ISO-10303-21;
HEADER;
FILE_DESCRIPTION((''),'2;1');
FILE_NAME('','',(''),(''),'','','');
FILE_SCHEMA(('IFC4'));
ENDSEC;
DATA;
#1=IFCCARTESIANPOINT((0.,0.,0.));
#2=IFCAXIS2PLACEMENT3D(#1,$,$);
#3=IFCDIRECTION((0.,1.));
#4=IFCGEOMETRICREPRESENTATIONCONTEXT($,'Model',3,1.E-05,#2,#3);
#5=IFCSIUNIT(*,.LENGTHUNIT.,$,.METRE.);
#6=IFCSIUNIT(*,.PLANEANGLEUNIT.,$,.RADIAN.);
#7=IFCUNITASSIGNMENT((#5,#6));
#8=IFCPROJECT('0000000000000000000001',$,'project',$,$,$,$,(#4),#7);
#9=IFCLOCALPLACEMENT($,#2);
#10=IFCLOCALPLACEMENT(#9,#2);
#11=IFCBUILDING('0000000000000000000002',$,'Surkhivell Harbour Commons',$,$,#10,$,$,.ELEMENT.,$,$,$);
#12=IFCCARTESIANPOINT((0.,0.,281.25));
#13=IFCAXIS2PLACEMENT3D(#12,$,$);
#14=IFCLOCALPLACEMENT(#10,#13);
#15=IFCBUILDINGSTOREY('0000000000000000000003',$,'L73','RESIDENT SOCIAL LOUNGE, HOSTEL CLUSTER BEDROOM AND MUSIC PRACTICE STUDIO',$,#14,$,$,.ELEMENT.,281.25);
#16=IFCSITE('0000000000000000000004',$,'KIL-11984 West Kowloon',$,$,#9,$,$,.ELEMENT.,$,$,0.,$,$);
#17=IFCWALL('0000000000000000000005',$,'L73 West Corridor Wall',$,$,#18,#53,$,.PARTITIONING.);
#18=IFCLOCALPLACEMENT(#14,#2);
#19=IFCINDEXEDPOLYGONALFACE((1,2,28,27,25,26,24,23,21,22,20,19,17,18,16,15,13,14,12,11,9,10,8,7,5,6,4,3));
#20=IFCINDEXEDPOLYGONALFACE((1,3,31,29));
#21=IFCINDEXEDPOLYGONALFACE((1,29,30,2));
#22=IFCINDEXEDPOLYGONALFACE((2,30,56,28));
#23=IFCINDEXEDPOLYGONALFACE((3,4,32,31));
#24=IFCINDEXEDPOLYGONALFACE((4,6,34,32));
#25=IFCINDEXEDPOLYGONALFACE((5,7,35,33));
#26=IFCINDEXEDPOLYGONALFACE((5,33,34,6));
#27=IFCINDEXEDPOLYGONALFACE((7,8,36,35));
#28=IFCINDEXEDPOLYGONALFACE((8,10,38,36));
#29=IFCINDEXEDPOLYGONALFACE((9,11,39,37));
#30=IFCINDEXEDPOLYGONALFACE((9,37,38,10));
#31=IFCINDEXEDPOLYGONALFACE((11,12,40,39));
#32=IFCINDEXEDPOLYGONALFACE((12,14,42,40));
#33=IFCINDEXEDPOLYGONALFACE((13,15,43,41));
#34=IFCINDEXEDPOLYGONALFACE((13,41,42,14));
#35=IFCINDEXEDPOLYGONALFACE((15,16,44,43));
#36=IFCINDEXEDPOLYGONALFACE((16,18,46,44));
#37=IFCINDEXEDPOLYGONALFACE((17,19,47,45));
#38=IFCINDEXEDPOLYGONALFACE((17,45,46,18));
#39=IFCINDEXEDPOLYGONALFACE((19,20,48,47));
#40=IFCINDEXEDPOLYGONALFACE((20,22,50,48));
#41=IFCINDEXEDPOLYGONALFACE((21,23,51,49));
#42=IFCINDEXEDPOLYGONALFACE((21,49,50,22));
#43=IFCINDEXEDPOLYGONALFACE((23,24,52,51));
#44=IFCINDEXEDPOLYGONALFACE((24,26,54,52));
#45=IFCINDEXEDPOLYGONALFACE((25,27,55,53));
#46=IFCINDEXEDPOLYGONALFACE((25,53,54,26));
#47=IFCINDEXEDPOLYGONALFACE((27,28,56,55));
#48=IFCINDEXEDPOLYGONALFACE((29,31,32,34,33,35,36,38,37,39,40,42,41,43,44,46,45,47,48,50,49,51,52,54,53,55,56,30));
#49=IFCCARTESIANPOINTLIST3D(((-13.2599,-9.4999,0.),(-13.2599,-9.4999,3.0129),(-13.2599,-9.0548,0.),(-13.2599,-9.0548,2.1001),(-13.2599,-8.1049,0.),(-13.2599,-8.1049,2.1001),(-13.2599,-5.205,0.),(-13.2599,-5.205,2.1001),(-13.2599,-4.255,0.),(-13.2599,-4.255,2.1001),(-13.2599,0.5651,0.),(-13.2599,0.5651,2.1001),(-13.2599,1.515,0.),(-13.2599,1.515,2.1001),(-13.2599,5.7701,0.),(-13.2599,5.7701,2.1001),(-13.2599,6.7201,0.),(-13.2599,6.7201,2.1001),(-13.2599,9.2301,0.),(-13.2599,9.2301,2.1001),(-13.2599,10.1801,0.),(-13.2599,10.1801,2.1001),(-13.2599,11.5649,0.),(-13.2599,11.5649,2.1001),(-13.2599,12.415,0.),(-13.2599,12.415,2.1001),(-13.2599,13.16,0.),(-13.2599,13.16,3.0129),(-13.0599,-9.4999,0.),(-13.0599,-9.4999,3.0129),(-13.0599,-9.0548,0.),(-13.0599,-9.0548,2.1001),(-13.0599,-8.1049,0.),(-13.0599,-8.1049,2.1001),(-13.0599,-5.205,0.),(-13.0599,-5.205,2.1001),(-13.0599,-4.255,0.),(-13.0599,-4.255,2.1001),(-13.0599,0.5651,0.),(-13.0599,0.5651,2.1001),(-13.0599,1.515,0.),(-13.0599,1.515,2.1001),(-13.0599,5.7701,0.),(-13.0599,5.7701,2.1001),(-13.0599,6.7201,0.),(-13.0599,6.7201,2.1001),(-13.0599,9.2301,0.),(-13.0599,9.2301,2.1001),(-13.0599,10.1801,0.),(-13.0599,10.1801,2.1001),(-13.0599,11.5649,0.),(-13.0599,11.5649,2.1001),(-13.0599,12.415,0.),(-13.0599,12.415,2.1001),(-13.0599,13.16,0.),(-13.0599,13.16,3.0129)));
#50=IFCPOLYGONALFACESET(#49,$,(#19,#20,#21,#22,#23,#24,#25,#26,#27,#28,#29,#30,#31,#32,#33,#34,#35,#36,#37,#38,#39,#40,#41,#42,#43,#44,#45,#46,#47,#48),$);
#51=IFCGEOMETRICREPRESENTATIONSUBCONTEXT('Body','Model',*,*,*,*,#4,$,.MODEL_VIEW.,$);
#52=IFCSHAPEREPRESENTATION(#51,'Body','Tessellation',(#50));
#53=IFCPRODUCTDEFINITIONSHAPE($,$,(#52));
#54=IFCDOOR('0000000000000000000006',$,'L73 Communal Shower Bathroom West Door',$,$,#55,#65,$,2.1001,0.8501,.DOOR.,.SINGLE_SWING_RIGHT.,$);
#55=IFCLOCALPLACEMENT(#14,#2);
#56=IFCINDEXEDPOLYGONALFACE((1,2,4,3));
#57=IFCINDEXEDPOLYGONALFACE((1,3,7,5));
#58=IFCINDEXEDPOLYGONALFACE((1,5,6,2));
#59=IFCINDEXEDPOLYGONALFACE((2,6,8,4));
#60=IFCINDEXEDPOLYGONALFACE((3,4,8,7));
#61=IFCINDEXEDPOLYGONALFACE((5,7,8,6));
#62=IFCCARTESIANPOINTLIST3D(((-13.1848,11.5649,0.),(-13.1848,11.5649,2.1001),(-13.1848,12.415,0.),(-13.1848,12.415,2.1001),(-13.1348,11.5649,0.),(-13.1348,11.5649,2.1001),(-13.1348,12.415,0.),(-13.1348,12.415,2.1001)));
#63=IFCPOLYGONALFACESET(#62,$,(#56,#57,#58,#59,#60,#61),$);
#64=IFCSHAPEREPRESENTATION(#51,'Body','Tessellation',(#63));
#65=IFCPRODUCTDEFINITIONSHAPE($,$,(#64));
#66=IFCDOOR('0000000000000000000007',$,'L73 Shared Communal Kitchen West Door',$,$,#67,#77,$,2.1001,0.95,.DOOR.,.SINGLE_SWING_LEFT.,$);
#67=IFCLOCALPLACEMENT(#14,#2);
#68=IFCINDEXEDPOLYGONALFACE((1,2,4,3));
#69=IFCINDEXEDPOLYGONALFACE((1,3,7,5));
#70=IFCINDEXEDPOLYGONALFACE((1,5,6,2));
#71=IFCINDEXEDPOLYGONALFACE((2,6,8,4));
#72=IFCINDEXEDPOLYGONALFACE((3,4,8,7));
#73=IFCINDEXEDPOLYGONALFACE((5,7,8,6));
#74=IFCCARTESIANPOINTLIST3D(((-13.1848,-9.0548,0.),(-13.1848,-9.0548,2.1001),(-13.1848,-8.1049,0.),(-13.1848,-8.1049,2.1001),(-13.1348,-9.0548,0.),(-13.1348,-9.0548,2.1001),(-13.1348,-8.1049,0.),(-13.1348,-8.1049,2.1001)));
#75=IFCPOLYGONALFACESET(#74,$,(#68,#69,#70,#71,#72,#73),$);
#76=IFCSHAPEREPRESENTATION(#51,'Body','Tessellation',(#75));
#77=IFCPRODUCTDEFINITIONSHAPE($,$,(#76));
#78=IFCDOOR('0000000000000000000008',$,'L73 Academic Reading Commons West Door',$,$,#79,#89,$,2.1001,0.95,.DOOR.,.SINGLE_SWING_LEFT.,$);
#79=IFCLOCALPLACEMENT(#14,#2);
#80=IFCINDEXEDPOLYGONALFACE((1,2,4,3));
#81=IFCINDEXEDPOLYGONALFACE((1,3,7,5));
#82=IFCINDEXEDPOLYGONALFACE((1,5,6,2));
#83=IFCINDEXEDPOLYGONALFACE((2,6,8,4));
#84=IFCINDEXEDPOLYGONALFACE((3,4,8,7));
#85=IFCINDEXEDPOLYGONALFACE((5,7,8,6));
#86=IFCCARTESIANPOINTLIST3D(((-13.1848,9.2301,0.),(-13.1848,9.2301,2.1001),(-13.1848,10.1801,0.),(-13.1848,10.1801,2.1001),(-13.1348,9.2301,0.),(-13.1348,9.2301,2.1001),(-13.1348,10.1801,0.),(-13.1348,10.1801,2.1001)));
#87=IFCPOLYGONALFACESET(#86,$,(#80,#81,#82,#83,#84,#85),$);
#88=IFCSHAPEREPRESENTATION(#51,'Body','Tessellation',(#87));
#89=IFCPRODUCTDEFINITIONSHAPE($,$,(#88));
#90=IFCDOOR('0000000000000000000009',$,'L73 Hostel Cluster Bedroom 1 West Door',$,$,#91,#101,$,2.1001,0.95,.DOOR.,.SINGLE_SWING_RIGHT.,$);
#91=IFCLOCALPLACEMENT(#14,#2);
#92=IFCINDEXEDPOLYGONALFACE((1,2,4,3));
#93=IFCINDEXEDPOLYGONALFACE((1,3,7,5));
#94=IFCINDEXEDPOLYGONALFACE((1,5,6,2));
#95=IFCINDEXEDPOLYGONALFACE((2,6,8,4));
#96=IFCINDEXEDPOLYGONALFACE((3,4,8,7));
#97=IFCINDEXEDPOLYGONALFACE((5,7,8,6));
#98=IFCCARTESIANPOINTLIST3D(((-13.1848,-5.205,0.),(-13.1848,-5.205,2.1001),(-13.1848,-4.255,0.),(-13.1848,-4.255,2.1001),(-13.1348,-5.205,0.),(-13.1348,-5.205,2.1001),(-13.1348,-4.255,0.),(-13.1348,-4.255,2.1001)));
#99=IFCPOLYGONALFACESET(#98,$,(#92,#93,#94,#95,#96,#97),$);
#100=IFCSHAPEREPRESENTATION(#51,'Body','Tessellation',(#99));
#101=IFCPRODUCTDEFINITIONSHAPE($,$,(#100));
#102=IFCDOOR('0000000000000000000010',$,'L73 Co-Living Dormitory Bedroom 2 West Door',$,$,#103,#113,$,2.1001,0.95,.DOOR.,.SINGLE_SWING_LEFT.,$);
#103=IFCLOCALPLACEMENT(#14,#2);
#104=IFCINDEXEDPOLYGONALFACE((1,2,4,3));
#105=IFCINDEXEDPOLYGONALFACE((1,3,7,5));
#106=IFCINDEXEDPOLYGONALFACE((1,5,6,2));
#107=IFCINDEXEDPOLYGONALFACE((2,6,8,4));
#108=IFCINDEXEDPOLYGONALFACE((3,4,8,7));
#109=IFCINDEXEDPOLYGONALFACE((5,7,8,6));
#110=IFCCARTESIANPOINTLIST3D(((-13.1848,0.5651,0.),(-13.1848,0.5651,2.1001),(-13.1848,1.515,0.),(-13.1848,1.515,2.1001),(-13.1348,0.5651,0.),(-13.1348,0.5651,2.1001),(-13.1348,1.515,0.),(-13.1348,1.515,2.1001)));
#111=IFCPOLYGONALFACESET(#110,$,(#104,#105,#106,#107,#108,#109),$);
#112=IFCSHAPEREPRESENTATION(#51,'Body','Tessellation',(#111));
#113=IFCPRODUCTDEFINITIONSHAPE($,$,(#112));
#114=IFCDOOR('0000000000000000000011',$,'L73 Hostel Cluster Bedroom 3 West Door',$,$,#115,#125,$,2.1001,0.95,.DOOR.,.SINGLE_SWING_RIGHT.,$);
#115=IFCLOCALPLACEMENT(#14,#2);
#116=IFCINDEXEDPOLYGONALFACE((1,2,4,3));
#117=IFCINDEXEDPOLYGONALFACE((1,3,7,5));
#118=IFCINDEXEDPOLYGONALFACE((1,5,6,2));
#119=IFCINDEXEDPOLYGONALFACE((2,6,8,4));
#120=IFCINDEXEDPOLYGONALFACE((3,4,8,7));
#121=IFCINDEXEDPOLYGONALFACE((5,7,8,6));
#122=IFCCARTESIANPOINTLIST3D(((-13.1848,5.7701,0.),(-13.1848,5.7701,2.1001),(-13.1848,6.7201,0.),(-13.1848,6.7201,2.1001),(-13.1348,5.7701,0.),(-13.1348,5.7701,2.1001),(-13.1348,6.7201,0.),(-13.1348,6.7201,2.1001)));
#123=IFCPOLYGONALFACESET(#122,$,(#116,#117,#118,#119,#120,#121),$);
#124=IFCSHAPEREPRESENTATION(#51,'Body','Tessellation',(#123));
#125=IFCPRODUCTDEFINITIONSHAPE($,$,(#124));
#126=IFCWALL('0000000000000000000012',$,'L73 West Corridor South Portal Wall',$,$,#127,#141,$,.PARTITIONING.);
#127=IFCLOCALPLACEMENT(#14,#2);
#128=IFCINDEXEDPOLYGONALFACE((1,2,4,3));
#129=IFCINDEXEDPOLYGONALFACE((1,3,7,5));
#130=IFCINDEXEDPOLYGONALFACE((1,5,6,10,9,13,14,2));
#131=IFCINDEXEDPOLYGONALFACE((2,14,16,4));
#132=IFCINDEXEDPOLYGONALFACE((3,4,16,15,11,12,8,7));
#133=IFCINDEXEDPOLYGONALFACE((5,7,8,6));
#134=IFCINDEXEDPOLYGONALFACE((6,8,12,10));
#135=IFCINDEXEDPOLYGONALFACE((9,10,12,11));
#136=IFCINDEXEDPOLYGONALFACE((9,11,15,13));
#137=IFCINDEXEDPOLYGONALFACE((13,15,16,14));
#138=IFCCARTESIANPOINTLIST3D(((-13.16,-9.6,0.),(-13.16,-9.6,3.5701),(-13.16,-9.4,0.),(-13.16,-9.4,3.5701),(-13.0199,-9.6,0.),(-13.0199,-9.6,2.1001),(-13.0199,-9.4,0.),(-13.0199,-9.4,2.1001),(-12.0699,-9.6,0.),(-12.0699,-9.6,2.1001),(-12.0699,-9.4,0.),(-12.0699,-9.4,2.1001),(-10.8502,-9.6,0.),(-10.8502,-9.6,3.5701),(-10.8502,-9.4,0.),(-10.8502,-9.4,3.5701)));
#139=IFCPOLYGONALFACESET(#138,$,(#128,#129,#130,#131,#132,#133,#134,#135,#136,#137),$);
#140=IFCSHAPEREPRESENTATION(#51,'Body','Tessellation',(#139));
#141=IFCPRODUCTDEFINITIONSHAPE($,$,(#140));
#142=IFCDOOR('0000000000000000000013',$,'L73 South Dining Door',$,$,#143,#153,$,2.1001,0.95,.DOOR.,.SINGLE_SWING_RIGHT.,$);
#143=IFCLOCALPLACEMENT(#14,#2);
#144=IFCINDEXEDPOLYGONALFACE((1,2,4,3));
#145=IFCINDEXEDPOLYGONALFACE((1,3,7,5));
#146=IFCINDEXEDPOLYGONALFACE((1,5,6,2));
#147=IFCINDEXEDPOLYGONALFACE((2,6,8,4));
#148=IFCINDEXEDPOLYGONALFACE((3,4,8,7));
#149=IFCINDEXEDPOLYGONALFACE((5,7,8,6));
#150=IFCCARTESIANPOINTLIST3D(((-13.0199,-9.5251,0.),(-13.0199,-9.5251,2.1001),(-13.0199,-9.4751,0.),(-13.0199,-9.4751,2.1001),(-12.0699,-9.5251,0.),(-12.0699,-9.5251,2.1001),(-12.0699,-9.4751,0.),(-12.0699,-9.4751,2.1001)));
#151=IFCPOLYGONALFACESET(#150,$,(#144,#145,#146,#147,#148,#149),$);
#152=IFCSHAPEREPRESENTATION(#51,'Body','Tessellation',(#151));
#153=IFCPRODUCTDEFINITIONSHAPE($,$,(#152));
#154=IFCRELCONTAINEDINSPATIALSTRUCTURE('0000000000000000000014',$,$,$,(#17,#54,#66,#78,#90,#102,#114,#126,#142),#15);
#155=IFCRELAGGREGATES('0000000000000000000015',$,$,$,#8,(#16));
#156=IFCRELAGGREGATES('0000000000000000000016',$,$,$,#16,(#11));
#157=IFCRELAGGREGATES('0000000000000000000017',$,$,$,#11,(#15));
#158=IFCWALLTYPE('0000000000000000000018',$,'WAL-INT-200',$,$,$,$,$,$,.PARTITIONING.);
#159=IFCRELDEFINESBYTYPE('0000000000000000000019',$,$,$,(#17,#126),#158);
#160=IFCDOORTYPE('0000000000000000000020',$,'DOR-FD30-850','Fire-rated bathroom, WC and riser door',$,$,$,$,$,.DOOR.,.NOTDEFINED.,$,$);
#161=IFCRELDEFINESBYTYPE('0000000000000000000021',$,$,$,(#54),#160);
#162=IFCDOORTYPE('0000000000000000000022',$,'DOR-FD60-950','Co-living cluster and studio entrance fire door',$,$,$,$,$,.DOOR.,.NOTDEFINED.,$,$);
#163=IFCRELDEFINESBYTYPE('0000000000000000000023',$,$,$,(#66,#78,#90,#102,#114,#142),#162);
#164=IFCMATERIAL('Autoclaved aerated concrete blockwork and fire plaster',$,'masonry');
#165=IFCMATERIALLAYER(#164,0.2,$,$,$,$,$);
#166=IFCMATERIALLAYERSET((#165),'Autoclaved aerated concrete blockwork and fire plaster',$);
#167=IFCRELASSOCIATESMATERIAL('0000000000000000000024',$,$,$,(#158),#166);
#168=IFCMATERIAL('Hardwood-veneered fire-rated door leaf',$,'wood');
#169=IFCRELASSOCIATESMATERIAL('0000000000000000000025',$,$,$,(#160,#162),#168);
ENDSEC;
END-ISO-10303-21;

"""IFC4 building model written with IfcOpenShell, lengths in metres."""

from ifc_helpers import new_model, si_unit, direction, frame, frame_2d, origin, place, context, subcontext, project, spatial, rectangle, extrude, material, layer, layer_set, type_object, element, fill, save


model = new_model("IFC4")

# Units and contexts
model_context = context("Model", 3, precision=1e-05, world=origin(), true_north=direction((0.0, 1.0)))
body_context = subcontext(model_context, "Body", "Model", "MODEL_VIEW")
ifc_project = project(units=[si_unit("LENGTHUNIT", "METRE"), si_unit("PLANEANGLEUNIT", "RADIAN")], contexts=[model_context])

# Site, building, storey
site_placement = place(None, origin())
site = spatial("IfcSite", under=ifc_project, at=site_placement, Name="KIL-11984 West Kowloon", CompositionType="ELEMENT", RefElevation=0.0)
building_placement = place(site_placement, origin())
building = spatial("IfcBuilding", under=site, at=building_placement, Name="Surkhivell Harbour Commons", CompositionType="ELEMENT")
storey_placement = place(building_placement, frame((0.0, 0.0, 281.25)))
storey = spatial("IfcBuildingStorey", under=building, at=storey_placement, Name="L73", Description="RESIDENT SOCIAL LOUNGE, HOSTEL CLUSTER BEDROOM AND MUSIC PRACTICE STUDIO", CompositionType="ELEMENT", Elevation=281.25)

# Shared definitions
ifc_material_1 = material(Name="Hardwood-veneered fire-rated door leaf", Category="wood")

# Wall, openings, doors
ifc_material_2 = material(Name="Autoclaved aerated concrete blockwork and fire plaster", Category="masonry")
ifc_layer_1 = layer(ifc_material_2, 0.2)
ifc_layer_set_1 = layer_set([ifc_layer_1], Name="Autoclaved aerated concrete blockwork and fire plaster")
wall_type_1 = type_object("IfcWallType", Name="WAL-INT-200", PredefinedType="PARTITIONING", material=ifc_layer_set_1)
wall_1_placement = place(storey_placement, frame((-13.1599, -9.5, 0.0), z_axis=(0.0, 0.0, 1.0), x_axis=(0.0, 1.0, 0.0)))
wall_1 = element("IfcWall", 1, at=wall_1_placement, inside=storey, type_object=wall_type_1, Name="L73 West Corridor Wall", PredefinedType="PARTITIONING", context=body_context, shape_type="SweptSolid", body=[
    extrude(rectangle(XDim=22.6599, YDim=0.2, at=frame_2d((11.3301, 0.0))), origin(), (0.0, 0.0, 1.0), 3.0129),
])
opening_1_placement = place(wall_1_placement, frame((0.4451, 0.0, 0.0)))
opening_1 = element("IfcOpeningElement", 2, at=opening_1_placement, cuts=wall_1, PredefinedType="OPENING", context=body_context, shape_type="SweptSolid", body=[
    extrude(rectangle(XDim=0.95, YDim=2.1001, at=frame_2d((0.4751, 1.05))), frame((0.0, 0.1099, 0.0), z_axis=(0.0, -1.0, 0.0), x_axis=(1.0, 0.0, 0.0)), (0.0, 0.0, 1.0), 0.22),
])
opening_2_placement = place(wall_1_placement, frame((21.0649, 0.0, 0.0)))
opening_2 = element("IfcOpeningElement", 3, at=opening_2_placement, cuts=wall_1, PredefinedType="OPENING", context=body_context, shape_type="SweptSolid", body=[
    extrude(rectangle(XDim=0.8501, YDim=2.1001, at=frame_2d((0.425, 1.05))), frame((0.0, 0.1099, 0.0), z_axis=(0.0, -1.0, 0.0), x_axis=(1.0, 0.0, 0.0)), (0.0, 0.0, 1.0), 0.22),
])
opening_3_placement = place(wall_1_placement, frame((18.73, 0.0, 0.0)))
opening_3 = element("IfcOpeningElement", 4, at=opening_3_placement, cuts=wall_1, PredefinedType="OPENING", context=body_context, shape_type="SweptSolid", body=[
    extrude(rectangle(XDim=0.95, YDim=2.1001, at=frame_2d((0.4751, 1.05))), frame((0.0, 0.1099, 0.0), z_axis=(0.0, -1.0, 0.0), x_axis=(1.0, 0.0, 0.0)), (0.0, 0.0, 1.0), 0.22),
])
opening_4_placement = place(wall_1_placement, frame((4.2949, 0.0, 0.0)))
opening_4 = element("IfcOpeningElement", 5, at=opening_4_placement, cuts=wall_1, PredefinedType="OPENING", context=body_context, shape_type="SweptSolid", body=[
    extrude(rectangle(XDim=0.95, YDim=2.1001, at=frame_2d((0.4751, 1.05))), frame((0.0, 0.1099, 0.0), z_axis=(0.0, -1.0, 0.0), x_axis=(1.0, 0.0, 0.0)), (0.0, 0.0, 1.0), 0.22),
])
opening_5_placement = place(wall_1_placement, frame((10.0649, 0.0, 0.0)))
opening_5 = element("IfcOpeningElement", 6, at=opening_5_placement, cuts=wall_1, PredefinedType="OPENING", context=body_context, shape_type="SweptSolid", body=[
    extrude(rectangle(XDim=0.95, YDim=2.1001, at=frame_2d((0.4751, 1.05))), frame((0.0, 0.1099, 0.0), z_axis=(0.0, -1.0, 0.0), x_axis=(1.0, 0.0, 0.0)), (0.0, 0.0, 1.0), 0.22),
])
opening_6_placement = place(wall_1_placement, frame((15.27, 0.0, 0.0)))
opening_6 = element("IfcOpeningElement", 7, at=opening_6_placement, cuts=wall_1, PredefinedType="OPENING", context=body_context, shape_type="SweptSolid", body=[
    extrude(rectangle(XDim=0.95, YDim=2.1001, at=frame_2d((0.4751, 1.05))), frame((0.0, 0.1099, 0.0), z_axis=(0.0, -1.0, 0.0), x_axis=(1.0, 0.0, 0.0)), (0.0, 0.0, 1.0), 0.22),
])
door_type_1 = type_object("IfcDoorType", Name="DOR-FD30-850", Description="Fire-rated bathroom, WC and riser door", OperationType="NOTDEFINED", PredefinedType="DOOR", material=ifc_material_1)
door_1_placement = place(opening_2_placement, origin())
door_1 = element("IfcDoor", 8, at=door_1_placement, inside=storey, type_object=door_type_1, Name="L73 Communal Shower Bathroom West Door", OperationType="SINGLE_SWING_RIGHT", OverallHeight=2.1001, OverallWidth=0.8501, PredefinedType="DOOR", context=body_context, shape_type="SweptSolid", body=[
    extrude(rectangle(XDim=0.8501, YDim=2.1001, at=frame_2d((0.425, 1.05))), frame((0.0, 0.0249, 0.0), z_axis=(0.0, -1.0, 0.0), x_axis=(1.0, 0.0, 0.0)), (0.0, 0.0, 1.0), 0.05),
])
fill(opening_2, door_1)
door_type_2 = type_object("IfcDoorType", Name="DOR-FD60-950", Description="Co-living cluster and studio entrance fire door", OperationType="NOTDEFINED", PredefinedType="DOOR", material=ifc_material_1)
door_2_placement = place(opening_1_placement, origin())
door_2 = element("IfcDoor", 9, at=door_2_placement, inside=storey, type_object=door_type_2, Name="L73 Shared Communal Kitchen West Door", OperationType="SINGLE_SWING_LEFT", OverallHeight=2.1001, OverallWidth=0.95, PredefinedType="DOOR", context=body_context, shape_type="SweptSolid", body=[
    extrude(rectangle(XDim=0.95, YDim=2.1001, at=frame_2d((0.4751, 1.05))), frame((0.0, 0.0249, 0.0), z_axis=(0.0, -1.0, 0.0), x_axis=(1.0, 0.0, 0.0)), (0.0, 0.0, 1.0), 0.05),
])
fill(opening_1, door_2)
door_3_placement = place(opening_3_placement, origin())
door_3 = element("IfcDoor", 10, at=door_3_placement, inside=storey, type_object=door_type_2, Name="L73 Academic Reading Commons West Door", OperationType="SINGLE_SWING_LEFT", OverallHeight=2.1001, OverallWidth=0.95, PredefinedType="DOOR", context=body_context, shape_type="SweptSolid", body=[
    extrude(rectangle(XDim=0.95, YDim=2.1001, at=frame_2d((0.4751, 1.05))), frame((0.0, 0.0249, 0.0), z_axis=(0.0, -1.0, 0.0), x_axis=(1.0, 0.0, 0.0)), (0.0, 0.0, 1.0), 0.05),
])
fill(opening_3, door_3)
door_4_placement = place(opening_4_placement, origin())
door_4 = element("IfcDoor", 11, at=door_4_placement, inside=storey, type_object=door_type_2, Name="L73 Hostel Cluster Bedroom 1 West Door", OperationType="SINGLE_SWING_RIGHT", OverallHeight=2.1001, OverallWidth=0.95, PredefinedType="DOOR", context=body_context, shape_type="SweptSolid", body=[
    extrude(rectangle(XDim=0.95, YDim=2.1001, at=frame_2d((0.4751, 1.05))), frame((0.0, 0.0249, 0.0), z_axis=(0.0, -1.0, 0.0), x_axis=(1.0, 0.0, 0.0)), (0.0, 0.0, 1.0), 0.05),
])
fill(opening_4, door_4)
door_5_placement = place(opening_5_placement, origin())
door_5 = element("IfcDoor", 12, at=door_5_placement, inside=storey, type_object=door_type_2, Name="L73 Co-Living Dormitory Bedroom 2 West Door", OperationType="SINGLE_SWING_LEFT", OverallHeight=2.1001, OverallWidth=0.95, PredefinedType="DOOR", context=body_context, shape_type="SweptSolid", body=[
    extrude(rectangle(XDim=0.95, YDim=2.1001, at=frame_2d((0.4751, 1.05))), frame((0.0, 0.0249, 0.0), z_axis=(0.0, -1.0, 0.0), x_axis=(1.0, 0.0, 0.0)), (0.0, 0.0, 1.0), 0.05),
])
fill(opening_5, door_5)
door_6_placement = place(opening_6_placement, origin())
door_6 = element("IfcDoor", 13, at=door_6_placement, inside=storey, type_object=door_type_2, Name="L73 Hostel Cluster Bedroom 3 West Door", OperationType="SINGLE_SWING_RIGHT", OverallHeight=2.1001, OverallWidth=0.95, PredefinedType="DOOR", context=body_context, shape_type="SweptSolid", body=[
    extrude(rectangle(XDim=0.95, YDim=2.1001, at=frame_2d((0.4751, 1.05))), frame((0.0, 0.0249, 0.0), z_axis=(0.0, -1.0, 0.0), x_axis=(1.0, 0.0, 0.0)), (0.0, 0.0, 1.0), 0.05),
])
fill(opening_6, door_6)

# Wall, opening, door
wall_2_placement = place(storey_placement, frame((-13.1599, -9.5, 0.0), z_axis=(0.0, 0.0, 1.0), x_axis=(1.0, 0.0, 0.0)))
wall_2 = element("IfcWall", 14, at=wall_2_placement, inside=storey, type_object=wall_type_1, Name="L73 West Corridor South Portal Wall", PredefinedType="PARTITIONING", context=body_context, shape_type="SweptSolid", body=[
    extrude(rectangle(XDim=2.3098, YDim=0.2, at=frame_2d((1.1548, 0.0))), origin(), (0.0, 0.0, 1.0), 3.5701),
])
opening_7_placement = place(wall_2_placement, frame((0.1399, 0.0, 0.0)))
opening_7 = element("IfcOpeningElement", 15, at=opening_7_placement, cuts=wall_2, PredefinedType="OPENING", context=body_context, shape_type="SweptSolid", body=[
    extrude(rectangle(XDim=0.95, YDim=2.1001, at=frame_2d((0.4751, 1.05))), frame((0.0, 0.1099, 0.0), z_axis=(0.0, -1.0, 0.0), x_axis=(1.0, 0.0, 0.0)), (0.0, 0.0, 1.0), 0.22),
])
door_7_placement = place(opening_7_placement, origin())
door_7 = element("IfcDoor", 16, at=door_7_placement, inside=storey, type_object=door_type_2, Name="L73 South Dining Door", OperationType="SINGLE_SWING_RIGHT", OverallHeight=2.1001, OverallWidth=0.95, PredefinedType="DOOR", context=body_context, shape_type="SweptSolid", body=[
    extrude(rectangle(XDim=0.95, YDim=2.1001, at=frame_2d((0.4751, 1.05))), frame((0.0, 0.0249, 0.0), z_axis=(0.0, -1.0, 0.0), x_axis=(1.0, 0.0, 0.0)), (0.0, 0.0, 1.0), 0.05),
])
fill(opening_7, door_7)

save(model, "model.ifc")
